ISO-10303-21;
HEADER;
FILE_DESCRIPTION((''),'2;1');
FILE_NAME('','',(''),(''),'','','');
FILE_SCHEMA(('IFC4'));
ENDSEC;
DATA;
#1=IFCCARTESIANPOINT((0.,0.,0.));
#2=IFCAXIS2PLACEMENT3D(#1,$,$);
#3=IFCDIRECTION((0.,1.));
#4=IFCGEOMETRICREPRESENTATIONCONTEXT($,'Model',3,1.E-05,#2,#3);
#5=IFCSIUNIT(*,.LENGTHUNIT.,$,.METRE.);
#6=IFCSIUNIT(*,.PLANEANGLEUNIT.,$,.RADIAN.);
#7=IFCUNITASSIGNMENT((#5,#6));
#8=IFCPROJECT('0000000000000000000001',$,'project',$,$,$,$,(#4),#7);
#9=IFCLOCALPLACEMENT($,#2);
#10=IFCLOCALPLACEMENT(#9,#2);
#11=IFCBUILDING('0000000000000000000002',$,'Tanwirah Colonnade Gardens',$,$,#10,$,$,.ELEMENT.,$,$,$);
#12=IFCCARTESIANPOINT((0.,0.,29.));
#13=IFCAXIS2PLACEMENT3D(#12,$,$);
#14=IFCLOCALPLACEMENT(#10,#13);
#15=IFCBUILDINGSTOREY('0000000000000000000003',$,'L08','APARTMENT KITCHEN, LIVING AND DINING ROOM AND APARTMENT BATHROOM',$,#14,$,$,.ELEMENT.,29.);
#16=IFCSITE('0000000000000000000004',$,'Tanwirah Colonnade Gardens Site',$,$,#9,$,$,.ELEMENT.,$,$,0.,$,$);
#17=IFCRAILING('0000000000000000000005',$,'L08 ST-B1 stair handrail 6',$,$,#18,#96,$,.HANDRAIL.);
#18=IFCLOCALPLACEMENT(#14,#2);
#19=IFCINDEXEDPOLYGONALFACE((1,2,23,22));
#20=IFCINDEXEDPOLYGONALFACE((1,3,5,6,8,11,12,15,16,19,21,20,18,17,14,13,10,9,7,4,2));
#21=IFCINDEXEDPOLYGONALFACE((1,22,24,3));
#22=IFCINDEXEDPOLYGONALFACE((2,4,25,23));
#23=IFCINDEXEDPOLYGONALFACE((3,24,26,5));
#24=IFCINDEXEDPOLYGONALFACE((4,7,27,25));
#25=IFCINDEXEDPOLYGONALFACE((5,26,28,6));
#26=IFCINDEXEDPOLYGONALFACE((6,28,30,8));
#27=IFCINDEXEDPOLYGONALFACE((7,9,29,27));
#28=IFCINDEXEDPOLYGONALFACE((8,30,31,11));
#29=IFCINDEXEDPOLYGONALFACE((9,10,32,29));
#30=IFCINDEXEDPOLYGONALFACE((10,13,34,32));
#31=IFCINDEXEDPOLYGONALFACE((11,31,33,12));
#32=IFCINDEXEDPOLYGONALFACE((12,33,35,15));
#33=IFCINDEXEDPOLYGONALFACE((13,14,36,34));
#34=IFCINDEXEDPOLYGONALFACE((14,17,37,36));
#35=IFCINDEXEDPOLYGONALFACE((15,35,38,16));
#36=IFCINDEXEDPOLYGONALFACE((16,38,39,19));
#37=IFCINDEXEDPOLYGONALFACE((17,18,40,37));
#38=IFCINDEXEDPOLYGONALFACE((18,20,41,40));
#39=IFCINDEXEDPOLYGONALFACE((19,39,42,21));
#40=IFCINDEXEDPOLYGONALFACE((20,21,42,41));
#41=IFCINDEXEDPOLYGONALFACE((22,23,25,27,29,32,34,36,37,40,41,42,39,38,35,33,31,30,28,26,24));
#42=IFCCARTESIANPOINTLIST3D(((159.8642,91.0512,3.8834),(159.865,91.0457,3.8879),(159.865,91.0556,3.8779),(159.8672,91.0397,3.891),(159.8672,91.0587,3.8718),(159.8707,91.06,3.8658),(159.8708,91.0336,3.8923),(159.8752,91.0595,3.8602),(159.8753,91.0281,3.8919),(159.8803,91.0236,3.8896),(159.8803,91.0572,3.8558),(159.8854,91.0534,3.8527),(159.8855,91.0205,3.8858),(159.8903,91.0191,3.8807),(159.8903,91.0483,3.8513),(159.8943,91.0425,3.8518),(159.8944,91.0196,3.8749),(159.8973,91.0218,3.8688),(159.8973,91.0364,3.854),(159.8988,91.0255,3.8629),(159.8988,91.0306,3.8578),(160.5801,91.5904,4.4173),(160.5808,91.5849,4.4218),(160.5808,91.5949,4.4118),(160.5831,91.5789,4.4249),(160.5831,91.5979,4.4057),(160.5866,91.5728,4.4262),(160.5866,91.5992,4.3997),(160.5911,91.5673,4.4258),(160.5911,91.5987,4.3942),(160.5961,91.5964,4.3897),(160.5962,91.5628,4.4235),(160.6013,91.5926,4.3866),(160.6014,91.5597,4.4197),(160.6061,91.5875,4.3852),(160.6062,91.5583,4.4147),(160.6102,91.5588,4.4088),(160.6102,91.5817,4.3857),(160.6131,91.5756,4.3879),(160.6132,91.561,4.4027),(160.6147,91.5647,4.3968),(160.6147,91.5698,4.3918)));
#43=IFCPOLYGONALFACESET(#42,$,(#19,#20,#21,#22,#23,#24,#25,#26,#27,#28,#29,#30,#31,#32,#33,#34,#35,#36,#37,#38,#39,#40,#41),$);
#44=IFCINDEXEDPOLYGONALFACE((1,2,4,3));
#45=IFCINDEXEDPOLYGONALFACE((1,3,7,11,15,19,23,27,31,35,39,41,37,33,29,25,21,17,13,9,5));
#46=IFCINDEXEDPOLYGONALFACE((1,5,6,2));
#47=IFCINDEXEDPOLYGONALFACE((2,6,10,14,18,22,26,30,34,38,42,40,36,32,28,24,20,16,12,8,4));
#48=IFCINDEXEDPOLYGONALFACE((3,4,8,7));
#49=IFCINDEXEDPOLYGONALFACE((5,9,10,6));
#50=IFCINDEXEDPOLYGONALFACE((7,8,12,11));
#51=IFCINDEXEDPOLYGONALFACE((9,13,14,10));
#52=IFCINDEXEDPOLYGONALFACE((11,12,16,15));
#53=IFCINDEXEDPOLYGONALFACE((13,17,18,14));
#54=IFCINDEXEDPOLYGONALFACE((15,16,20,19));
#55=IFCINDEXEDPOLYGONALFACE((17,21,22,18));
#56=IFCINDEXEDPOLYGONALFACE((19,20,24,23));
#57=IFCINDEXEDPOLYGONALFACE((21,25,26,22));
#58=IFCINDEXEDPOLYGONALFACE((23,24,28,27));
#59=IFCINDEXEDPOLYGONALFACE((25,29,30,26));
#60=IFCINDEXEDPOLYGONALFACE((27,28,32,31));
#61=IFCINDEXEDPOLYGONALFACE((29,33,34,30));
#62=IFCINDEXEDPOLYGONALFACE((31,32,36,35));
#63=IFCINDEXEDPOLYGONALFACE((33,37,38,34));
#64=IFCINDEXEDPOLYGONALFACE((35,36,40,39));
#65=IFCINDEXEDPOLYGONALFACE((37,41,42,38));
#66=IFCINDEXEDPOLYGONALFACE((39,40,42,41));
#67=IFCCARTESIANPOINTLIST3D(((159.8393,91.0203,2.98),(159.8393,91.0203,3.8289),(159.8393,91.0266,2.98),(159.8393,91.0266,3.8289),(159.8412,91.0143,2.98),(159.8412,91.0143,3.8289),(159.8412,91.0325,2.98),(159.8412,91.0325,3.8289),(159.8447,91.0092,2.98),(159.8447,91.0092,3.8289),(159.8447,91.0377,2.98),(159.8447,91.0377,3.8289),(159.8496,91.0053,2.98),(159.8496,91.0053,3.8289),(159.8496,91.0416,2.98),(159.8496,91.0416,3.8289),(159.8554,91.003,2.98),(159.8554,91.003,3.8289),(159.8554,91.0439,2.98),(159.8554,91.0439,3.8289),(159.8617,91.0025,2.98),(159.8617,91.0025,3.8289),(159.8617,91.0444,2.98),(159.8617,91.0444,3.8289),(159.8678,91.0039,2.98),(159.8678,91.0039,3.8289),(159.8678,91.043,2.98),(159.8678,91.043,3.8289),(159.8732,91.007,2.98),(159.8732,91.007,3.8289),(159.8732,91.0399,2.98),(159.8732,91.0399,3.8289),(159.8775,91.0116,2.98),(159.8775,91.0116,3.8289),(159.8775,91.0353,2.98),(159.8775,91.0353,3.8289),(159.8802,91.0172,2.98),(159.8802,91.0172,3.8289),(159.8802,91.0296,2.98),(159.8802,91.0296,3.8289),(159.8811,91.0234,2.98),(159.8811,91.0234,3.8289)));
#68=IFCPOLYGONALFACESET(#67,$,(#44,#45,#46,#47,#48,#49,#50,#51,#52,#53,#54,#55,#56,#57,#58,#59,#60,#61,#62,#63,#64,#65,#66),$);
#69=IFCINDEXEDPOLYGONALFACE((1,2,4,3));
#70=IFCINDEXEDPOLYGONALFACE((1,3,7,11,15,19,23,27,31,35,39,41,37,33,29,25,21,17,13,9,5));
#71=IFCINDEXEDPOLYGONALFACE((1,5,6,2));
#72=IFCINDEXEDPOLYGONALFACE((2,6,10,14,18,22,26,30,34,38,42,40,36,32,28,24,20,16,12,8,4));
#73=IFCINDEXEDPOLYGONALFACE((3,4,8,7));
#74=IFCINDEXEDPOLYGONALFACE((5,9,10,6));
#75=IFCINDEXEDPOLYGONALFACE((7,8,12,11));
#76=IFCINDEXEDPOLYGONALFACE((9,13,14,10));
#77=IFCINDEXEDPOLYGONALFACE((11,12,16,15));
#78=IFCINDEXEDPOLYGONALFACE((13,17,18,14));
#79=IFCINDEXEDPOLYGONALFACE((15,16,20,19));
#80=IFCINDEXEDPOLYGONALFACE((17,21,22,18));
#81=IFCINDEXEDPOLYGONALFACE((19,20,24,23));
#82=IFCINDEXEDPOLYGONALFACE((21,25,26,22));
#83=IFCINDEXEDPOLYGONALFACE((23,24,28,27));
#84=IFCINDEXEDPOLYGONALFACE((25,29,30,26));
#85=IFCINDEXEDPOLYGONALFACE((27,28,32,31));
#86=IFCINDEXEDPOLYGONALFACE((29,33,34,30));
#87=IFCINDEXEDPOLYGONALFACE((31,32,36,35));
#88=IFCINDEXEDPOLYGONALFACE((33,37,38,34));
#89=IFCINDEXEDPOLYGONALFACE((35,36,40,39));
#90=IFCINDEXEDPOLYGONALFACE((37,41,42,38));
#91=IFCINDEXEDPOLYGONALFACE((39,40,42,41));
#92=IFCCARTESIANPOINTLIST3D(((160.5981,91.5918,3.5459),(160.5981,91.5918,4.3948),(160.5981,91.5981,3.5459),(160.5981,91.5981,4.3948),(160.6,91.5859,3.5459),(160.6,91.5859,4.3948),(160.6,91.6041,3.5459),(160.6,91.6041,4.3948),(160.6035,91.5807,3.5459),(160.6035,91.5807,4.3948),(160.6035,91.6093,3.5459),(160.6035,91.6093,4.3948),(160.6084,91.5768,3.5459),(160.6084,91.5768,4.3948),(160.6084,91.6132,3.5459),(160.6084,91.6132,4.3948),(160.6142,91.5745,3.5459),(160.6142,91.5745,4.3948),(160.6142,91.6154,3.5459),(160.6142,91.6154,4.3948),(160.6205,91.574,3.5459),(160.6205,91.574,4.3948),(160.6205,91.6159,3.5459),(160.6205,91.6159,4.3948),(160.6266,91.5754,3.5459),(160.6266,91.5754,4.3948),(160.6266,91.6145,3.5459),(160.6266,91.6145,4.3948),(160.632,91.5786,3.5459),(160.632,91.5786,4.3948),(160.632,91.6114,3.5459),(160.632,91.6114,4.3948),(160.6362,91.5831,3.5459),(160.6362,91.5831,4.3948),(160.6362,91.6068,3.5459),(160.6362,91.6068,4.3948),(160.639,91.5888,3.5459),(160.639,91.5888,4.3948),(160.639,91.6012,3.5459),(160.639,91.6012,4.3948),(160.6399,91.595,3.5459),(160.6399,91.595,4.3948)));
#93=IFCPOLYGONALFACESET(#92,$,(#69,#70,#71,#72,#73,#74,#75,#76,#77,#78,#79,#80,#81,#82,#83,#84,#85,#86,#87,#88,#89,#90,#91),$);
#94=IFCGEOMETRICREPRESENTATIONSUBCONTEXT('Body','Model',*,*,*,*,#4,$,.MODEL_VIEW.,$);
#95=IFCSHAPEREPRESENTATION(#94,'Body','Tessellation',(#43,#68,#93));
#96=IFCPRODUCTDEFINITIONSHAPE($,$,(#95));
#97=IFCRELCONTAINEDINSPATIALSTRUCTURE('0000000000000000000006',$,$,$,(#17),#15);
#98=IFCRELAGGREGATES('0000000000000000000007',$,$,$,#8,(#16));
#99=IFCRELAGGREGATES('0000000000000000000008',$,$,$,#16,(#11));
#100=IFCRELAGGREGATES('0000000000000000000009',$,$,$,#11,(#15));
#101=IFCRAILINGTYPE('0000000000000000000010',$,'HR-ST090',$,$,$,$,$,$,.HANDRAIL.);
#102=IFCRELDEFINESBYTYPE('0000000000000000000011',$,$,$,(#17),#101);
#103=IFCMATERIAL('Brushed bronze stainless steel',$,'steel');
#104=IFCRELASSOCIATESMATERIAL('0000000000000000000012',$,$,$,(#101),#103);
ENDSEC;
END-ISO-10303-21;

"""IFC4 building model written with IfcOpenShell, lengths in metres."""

from ifc_helpers import new_model, si_unit, direction, frame, origin, origin_2d, place, context, subcontext, project, spatial, circle, extrude, material, type_object, element, save


model = new_model("IFC4")

# Units and contexts
model_context = context("Model", 3, precision=1e-05, world=origin(), true_north=direction((0.0, 1.0)))
body_context = subcontext(model_context, "Body", "Model", "MODEL_VIEW")
ifc_project = project(units=[si_unit("LENGTHUNIT", "METRE"), si_unit("PLANEANGLEUNIT", "RADIAN")], contexts=[model_context])

# Site, building, storey
site_placement = place(None, origin())
site = spatial("IfcSite", under=ifc_project, at=site_placement, Name="Tanwirah Colonnade Gardens Site", CompositionType="ELEMENT", RefElevation=0.0)
building_placement = place(site_placement, origin())
building = spatial("IfcBuilding", under=site, at=building_placement, Name="Tanwirah Colonnade Gardens", CompositionType="ELEMENT")
storey_placement = place(building_placement, frame((0.0, 0.0, 29.0)))
storey = spatial("IfcBuildingStorey", under=building, at=storey_placement, Name="L08", Description="APARTMENT KITCHEN, LIVING AND DINING ROOM AND APARTMENT BATHROOM", CompositionType="ELEMENT", Elevation=29.0)

# Railing
ifc_material_1 = material(Name="Brushed bronze stainless steel", Category="steel")
railing_type = type_object("IfcRailingType", Name="HR-ST090", PredefinedType="HANDRAIL", material=ifc_material_1)
railing_placement = place(storey_placement, frame((159.8601, 91.0234, 2.98)))
element("IfcRailing", 1, at=railing_placement, inside=storey, type_object=railing_type, Name="L08 ST-B1 stair handrail 6", PredefinedType="HANDRAIL", context=body_context, shape_type="SweptSolid", body=[
    extrude(circle(Radius=0.0239, at=origin_2d()), frame((0.0215, 0.0161, 0.8918), z_axis=(0.686224, 0.516876, 0.511797), x_axis=(-0.601644, 0.798765, 0.0)), (0.0, 0.0, 1.0), 1.0432),
    extrude(circle(Radius=0.021, at=origin_2d()), origin(), (0.0, 0.0, 1.0), 0.8489),
    extrude(circle(Radius=0.021, at=origin_2d()), frame((0.7588, 0.5715, 0.5659)), (0.0, 0.0, 1.0), 0.8489),
])

save(model, "model.ifc")
